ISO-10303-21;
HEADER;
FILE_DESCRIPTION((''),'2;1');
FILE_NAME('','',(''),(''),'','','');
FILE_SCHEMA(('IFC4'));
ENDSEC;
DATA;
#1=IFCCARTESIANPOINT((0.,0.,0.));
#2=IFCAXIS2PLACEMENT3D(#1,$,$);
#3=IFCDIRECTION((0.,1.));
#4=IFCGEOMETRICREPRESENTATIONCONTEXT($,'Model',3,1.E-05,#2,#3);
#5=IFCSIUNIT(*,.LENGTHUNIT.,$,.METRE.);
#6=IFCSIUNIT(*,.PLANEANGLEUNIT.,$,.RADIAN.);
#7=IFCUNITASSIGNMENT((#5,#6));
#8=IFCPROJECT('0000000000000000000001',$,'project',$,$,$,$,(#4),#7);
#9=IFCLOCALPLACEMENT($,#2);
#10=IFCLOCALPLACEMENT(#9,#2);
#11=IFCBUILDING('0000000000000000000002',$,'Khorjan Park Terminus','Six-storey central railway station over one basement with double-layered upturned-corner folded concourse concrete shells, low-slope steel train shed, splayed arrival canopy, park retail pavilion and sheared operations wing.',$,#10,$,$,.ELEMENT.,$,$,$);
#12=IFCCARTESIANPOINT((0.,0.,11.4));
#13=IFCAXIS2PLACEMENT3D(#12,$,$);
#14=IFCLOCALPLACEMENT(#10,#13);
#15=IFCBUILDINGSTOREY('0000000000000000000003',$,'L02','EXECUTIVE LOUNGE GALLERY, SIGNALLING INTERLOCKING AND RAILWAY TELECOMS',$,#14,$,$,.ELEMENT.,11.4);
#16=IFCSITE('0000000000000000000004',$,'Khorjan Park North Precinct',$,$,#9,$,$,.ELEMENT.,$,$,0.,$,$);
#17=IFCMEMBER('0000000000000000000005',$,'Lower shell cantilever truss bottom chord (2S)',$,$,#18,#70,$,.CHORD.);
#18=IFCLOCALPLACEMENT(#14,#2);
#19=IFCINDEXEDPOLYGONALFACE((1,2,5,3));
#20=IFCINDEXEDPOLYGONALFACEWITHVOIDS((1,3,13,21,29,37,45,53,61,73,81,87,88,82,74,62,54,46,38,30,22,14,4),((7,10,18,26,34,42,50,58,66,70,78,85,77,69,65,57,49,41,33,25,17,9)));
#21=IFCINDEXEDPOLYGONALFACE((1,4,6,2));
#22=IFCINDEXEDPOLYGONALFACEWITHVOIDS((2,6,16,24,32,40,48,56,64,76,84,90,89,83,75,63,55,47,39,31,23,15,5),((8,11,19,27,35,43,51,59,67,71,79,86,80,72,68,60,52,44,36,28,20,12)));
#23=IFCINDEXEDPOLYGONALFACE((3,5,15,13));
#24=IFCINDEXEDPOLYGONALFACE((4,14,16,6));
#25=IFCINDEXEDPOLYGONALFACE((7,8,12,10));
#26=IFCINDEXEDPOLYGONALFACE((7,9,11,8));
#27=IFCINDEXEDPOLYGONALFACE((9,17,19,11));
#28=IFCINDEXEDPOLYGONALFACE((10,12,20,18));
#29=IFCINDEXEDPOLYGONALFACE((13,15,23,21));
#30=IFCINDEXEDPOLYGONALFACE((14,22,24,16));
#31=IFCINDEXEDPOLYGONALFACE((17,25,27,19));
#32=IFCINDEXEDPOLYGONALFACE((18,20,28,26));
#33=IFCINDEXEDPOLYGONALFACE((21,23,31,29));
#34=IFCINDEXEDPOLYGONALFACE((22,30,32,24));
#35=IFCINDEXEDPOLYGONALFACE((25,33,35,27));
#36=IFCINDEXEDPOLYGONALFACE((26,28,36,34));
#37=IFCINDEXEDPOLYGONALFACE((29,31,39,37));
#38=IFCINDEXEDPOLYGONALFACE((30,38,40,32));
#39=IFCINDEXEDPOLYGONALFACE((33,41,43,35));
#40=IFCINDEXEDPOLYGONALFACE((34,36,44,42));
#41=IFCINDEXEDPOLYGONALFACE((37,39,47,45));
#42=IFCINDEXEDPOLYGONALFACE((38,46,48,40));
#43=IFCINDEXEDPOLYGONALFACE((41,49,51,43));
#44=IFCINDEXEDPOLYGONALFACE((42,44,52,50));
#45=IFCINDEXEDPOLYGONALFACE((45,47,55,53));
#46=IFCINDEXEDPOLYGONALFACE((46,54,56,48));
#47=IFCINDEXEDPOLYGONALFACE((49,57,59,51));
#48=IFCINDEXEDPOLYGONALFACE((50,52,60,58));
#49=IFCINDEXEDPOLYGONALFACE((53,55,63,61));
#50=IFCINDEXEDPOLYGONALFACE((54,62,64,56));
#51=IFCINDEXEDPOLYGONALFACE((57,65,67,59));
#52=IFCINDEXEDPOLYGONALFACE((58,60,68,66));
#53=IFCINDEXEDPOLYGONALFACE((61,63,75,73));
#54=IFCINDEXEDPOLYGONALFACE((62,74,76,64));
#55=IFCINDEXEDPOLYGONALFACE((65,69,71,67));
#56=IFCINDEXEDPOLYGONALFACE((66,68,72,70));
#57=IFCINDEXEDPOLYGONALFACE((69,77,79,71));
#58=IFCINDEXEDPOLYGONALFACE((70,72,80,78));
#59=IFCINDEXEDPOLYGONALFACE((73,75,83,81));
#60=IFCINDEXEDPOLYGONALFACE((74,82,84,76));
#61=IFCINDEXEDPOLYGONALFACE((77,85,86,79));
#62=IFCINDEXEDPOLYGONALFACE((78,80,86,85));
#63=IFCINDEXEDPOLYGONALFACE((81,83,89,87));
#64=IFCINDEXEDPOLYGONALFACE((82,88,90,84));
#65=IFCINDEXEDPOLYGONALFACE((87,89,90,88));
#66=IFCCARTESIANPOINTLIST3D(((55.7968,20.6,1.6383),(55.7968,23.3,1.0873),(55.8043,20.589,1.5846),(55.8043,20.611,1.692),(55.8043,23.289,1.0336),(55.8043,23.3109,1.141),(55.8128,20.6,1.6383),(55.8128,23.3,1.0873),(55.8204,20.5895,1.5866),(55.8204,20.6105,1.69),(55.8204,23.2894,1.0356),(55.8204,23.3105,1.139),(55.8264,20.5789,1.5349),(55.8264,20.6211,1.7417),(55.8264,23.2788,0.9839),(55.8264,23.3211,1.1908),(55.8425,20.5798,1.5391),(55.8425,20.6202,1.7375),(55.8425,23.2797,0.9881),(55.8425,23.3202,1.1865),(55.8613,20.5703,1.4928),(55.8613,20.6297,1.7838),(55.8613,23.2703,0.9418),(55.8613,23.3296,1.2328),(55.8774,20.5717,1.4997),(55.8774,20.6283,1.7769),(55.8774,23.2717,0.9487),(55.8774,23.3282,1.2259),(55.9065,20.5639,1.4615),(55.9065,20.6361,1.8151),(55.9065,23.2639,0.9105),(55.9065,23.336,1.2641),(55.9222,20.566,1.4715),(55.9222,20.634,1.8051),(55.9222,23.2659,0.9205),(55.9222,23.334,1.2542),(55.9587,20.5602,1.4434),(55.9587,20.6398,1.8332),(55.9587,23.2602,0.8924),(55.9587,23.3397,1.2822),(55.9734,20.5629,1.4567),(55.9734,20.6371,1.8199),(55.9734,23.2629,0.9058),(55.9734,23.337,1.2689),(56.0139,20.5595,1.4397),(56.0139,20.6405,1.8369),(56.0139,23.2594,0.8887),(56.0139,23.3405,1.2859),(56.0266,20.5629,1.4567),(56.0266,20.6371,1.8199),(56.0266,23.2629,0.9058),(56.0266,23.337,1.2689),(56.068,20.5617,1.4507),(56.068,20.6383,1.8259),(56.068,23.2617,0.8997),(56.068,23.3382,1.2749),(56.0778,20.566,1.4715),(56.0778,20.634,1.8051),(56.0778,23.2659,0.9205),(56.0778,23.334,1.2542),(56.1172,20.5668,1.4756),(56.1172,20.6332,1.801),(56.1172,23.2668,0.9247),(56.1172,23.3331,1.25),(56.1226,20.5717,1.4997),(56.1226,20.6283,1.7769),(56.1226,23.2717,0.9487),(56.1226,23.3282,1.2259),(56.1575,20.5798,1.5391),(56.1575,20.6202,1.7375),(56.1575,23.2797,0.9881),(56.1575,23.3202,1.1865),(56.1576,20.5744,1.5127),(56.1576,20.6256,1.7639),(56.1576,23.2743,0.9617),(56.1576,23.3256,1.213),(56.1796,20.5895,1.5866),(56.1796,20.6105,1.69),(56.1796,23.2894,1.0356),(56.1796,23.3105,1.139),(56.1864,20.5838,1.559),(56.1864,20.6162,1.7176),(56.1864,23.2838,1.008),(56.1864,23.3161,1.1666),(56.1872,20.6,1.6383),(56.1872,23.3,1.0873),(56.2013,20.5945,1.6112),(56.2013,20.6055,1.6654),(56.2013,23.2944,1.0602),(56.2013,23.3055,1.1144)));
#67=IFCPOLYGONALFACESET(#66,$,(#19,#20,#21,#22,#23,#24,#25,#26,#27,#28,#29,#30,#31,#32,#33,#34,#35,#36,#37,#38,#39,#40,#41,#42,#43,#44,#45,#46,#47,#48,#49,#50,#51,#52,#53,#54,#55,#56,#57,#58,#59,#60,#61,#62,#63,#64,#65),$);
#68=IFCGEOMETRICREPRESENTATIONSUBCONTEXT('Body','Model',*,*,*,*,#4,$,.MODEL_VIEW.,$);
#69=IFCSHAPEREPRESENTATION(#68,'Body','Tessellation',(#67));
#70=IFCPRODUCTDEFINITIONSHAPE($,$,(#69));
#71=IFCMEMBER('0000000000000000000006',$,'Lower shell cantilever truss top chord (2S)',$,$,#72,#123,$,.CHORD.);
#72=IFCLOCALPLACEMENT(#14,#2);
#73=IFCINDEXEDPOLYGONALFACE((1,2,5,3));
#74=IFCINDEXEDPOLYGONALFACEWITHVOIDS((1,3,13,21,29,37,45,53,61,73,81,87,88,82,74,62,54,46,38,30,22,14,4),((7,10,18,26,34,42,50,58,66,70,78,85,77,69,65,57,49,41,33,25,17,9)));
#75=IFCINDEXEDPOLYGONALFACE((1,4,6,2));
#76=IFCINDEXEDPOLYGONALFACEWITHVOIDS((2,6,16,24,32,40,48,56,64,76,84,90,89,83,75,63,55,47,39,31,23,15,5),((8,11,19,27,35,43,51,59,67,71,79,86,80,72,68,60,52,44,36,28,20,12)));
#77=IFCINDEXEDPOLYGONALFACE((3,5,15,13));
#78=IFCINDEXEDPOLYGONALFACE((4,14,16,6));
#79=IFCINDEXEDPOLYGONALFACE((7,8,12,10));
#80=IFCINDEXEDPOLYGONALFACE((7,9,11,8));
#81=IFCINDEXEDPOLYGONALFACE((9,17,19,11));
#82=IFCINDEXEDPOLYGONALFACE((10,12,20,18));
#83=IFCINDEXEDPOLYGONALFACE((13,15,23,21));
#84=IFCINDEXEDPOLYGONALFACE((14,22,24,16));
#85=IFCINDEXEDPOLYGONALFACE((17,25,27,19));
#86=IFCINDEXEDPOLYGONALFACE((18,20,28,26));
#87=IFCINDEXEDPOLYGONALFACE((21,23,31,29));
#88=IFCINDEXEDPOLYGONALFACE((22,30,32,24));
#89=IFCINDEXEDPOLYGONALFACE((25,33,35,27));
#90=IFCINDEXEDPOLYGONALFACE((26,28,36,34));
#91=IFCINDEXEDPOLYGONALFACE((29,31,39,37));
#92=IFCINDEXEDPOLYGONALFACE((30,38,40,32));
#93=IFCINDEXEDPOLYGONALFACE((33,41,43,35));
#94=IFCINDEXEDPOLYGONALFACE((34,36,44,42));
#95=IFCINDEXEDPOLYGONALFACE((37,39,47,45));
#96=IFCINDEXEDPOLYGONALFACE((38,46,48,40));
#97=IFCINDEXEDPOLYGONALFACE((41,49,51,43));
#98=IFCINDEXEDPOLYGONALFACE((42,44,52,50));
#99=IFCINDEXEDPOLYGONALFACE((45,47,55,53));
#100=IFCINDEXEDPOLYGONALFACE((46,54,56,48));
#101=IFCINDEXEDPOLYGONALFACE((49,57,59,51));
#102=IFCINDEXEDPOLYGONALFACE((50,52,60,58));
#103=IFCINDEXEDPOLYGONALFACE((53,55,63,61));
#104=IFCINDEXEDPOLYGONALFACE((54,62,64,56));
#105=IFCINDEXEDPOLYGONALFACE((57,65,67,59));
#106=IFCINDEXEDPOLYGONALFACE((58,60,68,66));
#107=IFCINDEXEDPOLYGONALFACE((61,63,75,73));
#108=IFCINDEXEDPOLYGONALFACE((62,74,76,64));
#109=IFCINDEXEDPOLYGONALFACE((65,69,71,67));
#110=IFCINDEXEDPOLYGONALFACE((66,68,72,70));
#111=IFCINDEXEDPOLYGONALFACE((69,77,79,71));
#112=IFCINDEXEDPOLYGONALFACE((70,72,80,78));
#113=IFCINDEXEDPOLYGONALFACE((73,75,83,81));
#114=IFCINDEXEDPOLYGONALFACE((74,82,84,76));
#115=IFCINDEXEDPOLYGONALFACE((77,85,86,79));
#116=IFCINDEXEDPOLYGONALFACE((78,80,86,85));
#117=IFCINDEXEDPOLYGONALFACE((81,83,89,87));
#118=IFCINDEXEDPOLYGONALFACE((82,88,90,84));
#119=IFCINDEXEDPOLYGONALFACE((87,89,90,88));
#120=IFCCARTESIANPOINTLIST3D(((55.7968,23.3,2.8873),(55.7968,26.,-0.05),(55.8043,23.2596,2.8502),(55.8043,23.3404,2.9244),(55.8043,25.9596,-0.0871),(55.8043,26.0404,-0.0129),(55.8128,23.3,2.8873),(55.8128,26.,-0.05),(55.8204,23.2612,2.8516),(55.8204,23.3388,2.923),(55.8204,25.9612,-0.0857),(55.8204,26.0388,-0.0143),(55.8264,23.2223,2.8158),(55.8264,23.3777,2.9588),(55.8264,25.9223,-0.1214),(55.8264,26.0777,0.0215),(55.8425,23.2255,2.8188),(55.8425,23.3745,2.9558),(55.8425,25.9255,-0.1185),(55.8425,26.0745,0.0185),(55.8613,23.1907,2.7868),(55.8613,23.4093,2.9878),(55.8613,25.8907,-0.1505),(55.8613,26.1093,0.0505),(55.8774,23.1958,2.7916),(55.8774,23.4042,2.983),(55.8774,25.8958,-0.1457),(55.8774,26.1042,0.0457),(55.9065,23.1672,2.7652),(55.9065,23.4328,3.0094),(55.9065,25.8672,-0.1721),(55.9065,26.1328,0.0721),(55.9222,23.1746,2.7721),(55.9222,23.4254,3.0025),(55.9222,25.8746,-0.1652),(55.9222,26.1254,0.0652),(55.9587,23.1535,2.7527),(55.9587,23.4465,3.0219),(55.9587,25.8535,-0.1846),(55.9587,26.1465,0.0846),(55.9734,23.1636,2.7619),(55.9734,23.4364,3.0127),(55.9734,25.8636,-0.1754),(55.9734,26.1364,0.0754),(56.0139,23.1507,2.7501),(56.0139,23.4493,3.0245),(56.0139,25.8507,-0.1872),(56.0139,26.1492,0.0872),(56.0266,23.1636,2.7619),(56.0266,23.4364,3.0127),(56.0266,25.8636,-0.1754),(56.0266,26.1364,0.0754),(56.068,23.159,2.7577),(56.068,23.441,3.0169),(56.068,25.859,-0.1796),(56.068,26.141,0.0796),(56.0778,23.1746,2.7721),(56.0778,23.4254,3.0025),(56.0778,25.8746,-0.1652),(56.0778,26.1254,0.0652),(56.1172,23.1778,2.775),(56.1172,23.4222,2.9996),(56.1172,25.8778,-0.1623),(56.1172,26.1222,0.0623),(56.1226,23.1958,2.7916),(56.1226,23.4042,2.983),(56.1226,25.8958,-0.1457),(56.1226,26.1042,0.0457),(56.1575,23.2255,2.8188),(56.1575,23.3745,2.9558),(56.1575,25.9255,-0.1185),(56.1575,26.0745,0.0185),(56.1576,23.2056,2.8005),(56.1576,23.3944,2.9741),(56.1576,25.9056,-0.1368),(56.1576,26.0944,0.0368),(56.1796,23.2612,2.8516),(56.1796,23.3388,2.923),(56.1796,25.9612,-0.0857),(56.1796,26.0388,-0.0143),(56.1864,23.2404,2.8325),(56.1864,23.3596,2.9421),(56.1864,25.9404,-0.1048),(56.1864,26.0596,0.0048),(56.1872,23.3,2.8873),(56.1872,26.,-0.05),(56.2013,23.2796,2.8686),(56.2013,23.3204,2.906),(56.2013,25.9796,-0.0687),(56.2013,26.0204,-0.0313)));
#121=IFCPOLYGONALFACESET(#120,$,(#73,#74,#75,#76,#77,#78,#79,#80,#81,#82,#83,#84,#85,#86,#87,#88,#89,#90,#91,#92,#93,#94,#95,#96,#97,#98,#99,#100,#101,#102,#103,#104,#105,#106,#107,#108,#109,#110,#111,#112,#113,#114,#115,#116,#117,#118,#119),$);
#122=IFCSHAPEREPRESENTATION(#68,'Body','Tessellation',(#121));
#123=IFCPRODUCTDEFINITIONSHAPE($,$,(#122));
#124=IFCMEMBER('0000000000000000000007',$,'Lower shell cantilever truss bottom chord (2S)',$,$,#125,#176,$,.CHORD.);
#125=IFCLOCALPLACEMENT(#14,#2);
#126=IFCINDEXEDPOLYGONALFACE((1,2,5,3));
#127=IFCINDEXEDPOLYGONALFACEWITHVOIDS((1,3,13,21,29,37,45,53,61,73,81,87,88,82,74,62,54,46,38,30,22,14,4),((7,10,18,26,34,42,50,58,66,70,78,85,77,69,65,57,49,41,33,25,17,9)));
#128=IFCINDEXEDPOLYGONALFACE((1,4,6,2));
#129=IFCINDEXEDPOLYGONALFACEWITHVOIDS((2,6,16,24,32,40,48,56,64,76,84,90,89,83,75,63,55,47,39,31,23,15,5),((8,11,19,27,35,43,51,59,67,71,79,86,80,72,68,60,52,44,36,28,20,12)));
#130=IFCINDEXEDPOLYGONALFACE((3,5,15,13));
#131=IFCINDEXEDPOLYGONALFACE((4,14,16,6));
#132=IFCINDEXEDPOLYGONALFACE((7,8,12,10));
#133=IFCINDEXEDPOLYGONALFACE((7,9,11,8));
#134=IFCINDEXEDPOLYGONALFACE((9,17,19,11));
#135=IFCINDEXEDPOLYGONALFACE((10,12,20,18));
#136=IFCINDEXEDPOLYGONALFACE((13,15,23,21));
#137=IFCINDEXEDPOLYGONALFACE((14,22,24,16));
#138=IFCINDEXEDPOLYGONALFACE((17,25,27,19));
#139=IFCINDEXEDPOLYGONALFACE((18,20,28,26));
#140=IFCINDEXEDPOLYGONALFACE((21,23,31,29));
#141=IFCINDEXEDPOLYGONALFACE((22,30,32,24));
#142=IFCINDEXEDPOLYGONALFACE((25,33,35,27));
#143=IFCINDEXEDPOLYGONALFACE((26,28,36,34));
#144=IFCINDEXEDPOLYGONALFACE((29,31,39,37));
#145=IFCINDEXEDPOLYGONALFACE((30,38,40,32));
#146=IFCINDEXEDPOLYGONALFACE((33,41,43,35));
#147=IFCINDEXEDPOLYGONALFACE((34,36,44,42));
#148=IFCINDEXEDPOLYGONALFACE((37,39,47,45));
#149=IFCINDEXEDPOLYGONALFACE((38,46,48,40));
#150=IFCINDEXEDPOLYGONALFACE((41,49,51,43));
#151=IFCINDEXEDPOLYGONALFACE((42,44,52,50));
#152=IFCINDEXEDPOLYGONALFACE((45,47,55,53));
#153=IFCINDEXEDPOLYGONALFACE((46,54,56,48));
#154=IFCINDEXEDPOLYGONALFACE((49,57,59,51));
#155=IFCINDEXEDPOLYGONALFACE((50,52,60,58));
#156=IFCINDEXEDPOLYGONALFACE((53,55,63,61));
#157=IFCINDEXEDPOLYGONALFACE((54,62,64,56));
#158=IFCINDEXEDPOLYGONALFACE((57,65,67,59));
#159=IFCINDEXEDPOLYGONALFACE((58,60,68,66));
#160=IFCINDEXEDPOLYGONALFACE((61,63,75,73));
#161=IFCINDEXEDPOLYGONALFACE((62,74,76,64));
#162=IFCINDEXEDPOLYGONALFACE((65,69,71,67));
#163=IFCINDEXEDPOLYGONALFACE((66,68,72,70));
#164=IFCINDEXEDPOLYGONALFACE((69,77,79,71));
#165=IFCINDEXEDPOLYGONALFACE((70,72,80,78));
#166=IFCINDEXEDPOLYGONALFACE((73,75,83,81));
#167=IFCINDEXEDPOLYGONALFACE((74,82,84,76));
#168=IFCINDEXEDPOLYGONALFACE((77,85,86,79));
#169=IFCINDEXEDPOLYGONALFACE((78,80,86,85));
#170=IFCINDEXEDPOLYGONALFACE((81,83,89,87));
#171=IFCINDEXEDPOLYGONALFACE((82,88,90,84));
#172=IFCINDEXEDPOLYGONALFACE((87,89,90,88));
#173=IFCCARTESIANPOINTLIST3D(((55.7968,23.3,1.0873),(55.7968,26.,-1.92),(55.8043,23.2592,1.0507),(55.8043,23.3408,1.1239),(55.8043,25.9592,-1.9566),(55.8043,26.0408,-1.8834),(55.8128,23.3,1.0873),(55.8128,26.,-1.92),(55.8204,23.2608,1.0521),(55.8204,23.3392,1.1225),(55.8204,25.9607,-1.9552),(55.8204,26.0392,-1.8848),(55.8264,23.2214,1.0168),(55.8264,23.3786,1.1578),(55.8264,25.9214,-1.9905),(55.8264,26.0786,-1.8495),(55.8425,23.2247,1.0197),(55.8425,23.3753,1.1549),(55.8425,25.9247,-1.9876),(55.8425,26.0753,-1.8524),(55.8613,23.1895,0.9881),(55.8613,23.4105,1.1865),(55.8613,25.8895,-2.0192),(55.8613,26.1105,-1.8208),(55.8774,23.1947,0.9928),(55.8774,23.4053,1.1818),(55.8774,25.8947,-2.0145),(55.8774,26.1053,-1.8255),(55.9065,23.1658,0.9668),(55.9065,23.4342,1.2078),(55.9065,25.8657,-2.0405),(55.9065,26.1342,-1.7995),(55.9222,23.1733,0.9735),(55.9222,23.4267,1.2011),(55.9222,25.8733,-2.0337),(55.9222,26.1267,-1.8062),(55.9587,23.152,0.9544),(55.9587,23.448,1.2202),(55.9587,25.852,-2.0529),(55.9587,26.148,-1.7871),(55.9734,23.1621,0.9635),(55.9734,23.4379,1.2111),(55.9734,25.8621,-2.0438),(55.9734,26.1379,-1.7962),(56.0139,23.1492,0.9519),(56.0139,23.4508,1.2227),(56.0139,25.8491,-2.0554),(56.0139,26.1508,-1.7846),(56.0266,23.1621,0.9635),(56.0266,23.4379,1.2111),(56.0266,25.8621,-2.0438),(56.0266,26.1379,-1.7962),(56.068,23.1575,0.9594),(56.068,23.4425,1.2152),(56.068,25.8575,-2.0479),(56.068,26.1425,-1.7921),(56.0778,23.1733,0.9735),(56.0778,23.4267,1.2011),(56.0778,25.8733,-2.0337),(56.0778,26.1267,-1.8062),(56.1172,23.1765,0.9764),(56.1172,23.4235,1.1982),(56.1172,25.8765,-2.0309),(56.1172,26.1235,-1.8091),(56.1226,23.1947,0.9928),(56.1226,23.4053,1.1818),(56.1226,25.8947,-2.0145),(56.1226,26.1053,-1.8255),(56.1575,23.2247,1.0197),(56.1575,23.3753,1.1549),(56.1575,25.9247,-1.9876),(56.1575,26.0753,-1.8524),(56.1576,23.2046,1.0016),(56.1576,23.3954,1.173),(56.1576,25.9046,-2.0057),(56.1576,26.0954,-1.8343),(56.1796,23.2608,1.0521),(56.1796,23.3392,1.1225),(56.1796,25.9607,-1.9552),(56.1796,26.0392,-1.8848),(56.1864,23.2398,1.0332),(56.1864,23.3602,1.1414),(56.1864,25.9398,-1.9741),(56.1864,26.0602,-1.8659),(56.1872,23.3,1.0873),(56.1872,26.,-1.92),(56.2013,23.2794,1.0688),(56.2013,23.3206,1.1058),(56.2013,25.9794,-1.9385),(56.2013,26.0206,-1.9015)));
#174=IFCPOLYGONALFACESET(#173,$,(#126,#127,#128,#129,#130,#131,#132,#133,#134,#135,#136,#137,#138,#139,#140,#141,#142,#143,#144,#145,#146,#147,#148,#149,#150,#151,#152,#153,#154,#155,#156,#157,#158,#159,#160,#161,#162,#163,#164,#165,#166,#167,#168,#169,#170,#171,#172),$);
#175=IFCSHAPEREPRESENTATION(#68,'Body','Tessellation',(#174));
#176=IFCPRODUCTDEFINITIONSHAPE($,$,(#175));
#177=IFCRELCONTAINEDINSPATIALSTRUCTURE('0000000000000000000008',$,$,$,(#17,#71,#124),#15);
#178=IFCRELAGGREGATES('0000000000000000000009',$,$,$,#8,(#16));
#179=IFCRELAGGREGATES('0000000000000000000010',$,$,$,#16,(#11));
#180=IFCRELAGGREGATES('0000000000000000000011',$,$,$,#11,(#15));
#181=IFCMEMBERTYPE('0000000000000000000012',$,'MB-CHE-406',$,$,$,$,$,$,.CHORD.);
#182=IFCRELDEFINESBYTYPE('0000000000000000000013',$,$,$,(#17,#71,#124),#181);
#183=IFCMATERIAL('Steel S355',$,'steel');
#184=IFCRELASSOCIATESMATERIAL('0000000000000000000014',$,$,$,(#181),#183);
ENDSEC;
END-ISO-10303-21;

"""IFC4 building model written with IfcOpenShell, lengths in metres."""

from ifc_helpers import new_model, si_unit, direction, frame, origin, origin_2d, place, context, subcontext, project, spatial, hollow_circle, extrude, material, material_profile, profile_set, type_object, element, save


model = new_model("IFC4")

# Units and contexts
model_context = context("Model", 3, precision=1e-05, world=origin(), true_north=direction((0.0, 1.0)))
body_context = subcontext(model_context, "Body", "Model", "MODEL_VIEW")
ifc_project = project(units=[si_unit("LENGTHUNIT", "METRE"), si_unit("PLANEANGLEUNIT", "RADIAN")], contexts=[model_context])

# Site, building, storey
site_placement = place(None, origin())
site = spatial("IfcSite", under=ifc_project, at=site_placement, Name="Khorjan Park North Precinct", CompositionType="ELEMENT", RefElevation=0.0)
building_placement = place(site_placement, origin())
building = spatial("IfcBuilding", under=site, at=building_placement, Name="Khorjan Park Terminus", Description="Six-storey central railway station over one basement with double-layered upturned-corner folded concourse concrete shells, low-slope steel train shed, splayed arrival canopy, park retail pavilion and sheared operations wing.", CompositionType="ELEMENT")
storey_placement = place(building_placement, frame((0.0, 0.0, 11.4)))
storey = spatial("IfcBuildingStorey", under=building, at=storey_placement, Name="L02", Description="EXECUTIVE LOUNGE GALLERY, SIGNALLING INTERLOCKING AND RAILWAY TELECOMS", CompositionType="ELEMENT", Elevation=11.4)

# Members
ifc_material_1 = material(Name="Steel S355", Category="steel")
ifc_material_profile_1 = material_profile(ifc_material_1, hollow_circle(Radius=0.2032, WallThickness=0.016, at=origin_2d()), Name="CHS 406.4x16")
ifc_profile_set_1 = profile_set([ifc_material_profile_1], Name="Steel S355")
member_type_1 = type_object("IfcMemberType", Name="MB-CHE-406", PredefinedType="CHORD", material=ifc_profile_set_1)
for number, where, z_axis, x_axis, name in (
    (1, (56.0, 20.6, 1.6383), (0.0, 0.979806, -0.199953), (-1.0, 0.0, 0.0), "Lower shell cantilever truss bottom chord (2S)"),
):
    element("IfcMember", number, at=place(storey_placement, frame(where, z_axis=z_axis, x_axis=x_axis)), inside=storey, type_object=member_type_1, Name=name, PredefinedType="CHORD", context=body_context, shape_type="SweptSolid", body=[
        extrude(hollow_circle(Radius=0.2032, WallThickness=0.016, at=origin_2d()), origin(), (0.0, 0.0, 1.0), 2.7556),
    ])
member_1_placement = place(storey_placement, frame((56.0, 23.3, 2.8873), z_axis=(0.0, 0.676742, -0.73622), x_axis=(-1.0, 0.0, 0.0)))
element("IfcMember", 2, at=member_1_placement, inside=storey, type_object=member_type_1, Name="Lower shell cantilever truss top chord (2S)", PredefinedType="CHORD", context=body_context, shape_type="SweptSolid", body=[
    extrude(hollow_circle(Radius=0.2032, WallThickness=0.016, at=origin_2d()), origin(), (0.0, 0.0, 1.0), 3.9897),
])
member_2_placement = place(storey_placement, frame((56.0, 23.3, 1.0873), z_axis=(0.0, 0.668066, -0.744102), x_axis=(-1.0, 0.0, 0.0)))
element("IfcMember", 3, at=member_2_placement, inside=storey, type_object=member_type_1, Name="Lower shell cantilever truss bottom chord (2S)", PredefinedType="CHORD", context=body_context, shape_type="SweptSolid", body=[
    extrude(hollow_circle(Radius=0.2032, WallThickness=0.016, at=origin_2d()), origin(), (0.0, 0.0, 1.0), 4.0415),
])

save(model, "model.ifc")
